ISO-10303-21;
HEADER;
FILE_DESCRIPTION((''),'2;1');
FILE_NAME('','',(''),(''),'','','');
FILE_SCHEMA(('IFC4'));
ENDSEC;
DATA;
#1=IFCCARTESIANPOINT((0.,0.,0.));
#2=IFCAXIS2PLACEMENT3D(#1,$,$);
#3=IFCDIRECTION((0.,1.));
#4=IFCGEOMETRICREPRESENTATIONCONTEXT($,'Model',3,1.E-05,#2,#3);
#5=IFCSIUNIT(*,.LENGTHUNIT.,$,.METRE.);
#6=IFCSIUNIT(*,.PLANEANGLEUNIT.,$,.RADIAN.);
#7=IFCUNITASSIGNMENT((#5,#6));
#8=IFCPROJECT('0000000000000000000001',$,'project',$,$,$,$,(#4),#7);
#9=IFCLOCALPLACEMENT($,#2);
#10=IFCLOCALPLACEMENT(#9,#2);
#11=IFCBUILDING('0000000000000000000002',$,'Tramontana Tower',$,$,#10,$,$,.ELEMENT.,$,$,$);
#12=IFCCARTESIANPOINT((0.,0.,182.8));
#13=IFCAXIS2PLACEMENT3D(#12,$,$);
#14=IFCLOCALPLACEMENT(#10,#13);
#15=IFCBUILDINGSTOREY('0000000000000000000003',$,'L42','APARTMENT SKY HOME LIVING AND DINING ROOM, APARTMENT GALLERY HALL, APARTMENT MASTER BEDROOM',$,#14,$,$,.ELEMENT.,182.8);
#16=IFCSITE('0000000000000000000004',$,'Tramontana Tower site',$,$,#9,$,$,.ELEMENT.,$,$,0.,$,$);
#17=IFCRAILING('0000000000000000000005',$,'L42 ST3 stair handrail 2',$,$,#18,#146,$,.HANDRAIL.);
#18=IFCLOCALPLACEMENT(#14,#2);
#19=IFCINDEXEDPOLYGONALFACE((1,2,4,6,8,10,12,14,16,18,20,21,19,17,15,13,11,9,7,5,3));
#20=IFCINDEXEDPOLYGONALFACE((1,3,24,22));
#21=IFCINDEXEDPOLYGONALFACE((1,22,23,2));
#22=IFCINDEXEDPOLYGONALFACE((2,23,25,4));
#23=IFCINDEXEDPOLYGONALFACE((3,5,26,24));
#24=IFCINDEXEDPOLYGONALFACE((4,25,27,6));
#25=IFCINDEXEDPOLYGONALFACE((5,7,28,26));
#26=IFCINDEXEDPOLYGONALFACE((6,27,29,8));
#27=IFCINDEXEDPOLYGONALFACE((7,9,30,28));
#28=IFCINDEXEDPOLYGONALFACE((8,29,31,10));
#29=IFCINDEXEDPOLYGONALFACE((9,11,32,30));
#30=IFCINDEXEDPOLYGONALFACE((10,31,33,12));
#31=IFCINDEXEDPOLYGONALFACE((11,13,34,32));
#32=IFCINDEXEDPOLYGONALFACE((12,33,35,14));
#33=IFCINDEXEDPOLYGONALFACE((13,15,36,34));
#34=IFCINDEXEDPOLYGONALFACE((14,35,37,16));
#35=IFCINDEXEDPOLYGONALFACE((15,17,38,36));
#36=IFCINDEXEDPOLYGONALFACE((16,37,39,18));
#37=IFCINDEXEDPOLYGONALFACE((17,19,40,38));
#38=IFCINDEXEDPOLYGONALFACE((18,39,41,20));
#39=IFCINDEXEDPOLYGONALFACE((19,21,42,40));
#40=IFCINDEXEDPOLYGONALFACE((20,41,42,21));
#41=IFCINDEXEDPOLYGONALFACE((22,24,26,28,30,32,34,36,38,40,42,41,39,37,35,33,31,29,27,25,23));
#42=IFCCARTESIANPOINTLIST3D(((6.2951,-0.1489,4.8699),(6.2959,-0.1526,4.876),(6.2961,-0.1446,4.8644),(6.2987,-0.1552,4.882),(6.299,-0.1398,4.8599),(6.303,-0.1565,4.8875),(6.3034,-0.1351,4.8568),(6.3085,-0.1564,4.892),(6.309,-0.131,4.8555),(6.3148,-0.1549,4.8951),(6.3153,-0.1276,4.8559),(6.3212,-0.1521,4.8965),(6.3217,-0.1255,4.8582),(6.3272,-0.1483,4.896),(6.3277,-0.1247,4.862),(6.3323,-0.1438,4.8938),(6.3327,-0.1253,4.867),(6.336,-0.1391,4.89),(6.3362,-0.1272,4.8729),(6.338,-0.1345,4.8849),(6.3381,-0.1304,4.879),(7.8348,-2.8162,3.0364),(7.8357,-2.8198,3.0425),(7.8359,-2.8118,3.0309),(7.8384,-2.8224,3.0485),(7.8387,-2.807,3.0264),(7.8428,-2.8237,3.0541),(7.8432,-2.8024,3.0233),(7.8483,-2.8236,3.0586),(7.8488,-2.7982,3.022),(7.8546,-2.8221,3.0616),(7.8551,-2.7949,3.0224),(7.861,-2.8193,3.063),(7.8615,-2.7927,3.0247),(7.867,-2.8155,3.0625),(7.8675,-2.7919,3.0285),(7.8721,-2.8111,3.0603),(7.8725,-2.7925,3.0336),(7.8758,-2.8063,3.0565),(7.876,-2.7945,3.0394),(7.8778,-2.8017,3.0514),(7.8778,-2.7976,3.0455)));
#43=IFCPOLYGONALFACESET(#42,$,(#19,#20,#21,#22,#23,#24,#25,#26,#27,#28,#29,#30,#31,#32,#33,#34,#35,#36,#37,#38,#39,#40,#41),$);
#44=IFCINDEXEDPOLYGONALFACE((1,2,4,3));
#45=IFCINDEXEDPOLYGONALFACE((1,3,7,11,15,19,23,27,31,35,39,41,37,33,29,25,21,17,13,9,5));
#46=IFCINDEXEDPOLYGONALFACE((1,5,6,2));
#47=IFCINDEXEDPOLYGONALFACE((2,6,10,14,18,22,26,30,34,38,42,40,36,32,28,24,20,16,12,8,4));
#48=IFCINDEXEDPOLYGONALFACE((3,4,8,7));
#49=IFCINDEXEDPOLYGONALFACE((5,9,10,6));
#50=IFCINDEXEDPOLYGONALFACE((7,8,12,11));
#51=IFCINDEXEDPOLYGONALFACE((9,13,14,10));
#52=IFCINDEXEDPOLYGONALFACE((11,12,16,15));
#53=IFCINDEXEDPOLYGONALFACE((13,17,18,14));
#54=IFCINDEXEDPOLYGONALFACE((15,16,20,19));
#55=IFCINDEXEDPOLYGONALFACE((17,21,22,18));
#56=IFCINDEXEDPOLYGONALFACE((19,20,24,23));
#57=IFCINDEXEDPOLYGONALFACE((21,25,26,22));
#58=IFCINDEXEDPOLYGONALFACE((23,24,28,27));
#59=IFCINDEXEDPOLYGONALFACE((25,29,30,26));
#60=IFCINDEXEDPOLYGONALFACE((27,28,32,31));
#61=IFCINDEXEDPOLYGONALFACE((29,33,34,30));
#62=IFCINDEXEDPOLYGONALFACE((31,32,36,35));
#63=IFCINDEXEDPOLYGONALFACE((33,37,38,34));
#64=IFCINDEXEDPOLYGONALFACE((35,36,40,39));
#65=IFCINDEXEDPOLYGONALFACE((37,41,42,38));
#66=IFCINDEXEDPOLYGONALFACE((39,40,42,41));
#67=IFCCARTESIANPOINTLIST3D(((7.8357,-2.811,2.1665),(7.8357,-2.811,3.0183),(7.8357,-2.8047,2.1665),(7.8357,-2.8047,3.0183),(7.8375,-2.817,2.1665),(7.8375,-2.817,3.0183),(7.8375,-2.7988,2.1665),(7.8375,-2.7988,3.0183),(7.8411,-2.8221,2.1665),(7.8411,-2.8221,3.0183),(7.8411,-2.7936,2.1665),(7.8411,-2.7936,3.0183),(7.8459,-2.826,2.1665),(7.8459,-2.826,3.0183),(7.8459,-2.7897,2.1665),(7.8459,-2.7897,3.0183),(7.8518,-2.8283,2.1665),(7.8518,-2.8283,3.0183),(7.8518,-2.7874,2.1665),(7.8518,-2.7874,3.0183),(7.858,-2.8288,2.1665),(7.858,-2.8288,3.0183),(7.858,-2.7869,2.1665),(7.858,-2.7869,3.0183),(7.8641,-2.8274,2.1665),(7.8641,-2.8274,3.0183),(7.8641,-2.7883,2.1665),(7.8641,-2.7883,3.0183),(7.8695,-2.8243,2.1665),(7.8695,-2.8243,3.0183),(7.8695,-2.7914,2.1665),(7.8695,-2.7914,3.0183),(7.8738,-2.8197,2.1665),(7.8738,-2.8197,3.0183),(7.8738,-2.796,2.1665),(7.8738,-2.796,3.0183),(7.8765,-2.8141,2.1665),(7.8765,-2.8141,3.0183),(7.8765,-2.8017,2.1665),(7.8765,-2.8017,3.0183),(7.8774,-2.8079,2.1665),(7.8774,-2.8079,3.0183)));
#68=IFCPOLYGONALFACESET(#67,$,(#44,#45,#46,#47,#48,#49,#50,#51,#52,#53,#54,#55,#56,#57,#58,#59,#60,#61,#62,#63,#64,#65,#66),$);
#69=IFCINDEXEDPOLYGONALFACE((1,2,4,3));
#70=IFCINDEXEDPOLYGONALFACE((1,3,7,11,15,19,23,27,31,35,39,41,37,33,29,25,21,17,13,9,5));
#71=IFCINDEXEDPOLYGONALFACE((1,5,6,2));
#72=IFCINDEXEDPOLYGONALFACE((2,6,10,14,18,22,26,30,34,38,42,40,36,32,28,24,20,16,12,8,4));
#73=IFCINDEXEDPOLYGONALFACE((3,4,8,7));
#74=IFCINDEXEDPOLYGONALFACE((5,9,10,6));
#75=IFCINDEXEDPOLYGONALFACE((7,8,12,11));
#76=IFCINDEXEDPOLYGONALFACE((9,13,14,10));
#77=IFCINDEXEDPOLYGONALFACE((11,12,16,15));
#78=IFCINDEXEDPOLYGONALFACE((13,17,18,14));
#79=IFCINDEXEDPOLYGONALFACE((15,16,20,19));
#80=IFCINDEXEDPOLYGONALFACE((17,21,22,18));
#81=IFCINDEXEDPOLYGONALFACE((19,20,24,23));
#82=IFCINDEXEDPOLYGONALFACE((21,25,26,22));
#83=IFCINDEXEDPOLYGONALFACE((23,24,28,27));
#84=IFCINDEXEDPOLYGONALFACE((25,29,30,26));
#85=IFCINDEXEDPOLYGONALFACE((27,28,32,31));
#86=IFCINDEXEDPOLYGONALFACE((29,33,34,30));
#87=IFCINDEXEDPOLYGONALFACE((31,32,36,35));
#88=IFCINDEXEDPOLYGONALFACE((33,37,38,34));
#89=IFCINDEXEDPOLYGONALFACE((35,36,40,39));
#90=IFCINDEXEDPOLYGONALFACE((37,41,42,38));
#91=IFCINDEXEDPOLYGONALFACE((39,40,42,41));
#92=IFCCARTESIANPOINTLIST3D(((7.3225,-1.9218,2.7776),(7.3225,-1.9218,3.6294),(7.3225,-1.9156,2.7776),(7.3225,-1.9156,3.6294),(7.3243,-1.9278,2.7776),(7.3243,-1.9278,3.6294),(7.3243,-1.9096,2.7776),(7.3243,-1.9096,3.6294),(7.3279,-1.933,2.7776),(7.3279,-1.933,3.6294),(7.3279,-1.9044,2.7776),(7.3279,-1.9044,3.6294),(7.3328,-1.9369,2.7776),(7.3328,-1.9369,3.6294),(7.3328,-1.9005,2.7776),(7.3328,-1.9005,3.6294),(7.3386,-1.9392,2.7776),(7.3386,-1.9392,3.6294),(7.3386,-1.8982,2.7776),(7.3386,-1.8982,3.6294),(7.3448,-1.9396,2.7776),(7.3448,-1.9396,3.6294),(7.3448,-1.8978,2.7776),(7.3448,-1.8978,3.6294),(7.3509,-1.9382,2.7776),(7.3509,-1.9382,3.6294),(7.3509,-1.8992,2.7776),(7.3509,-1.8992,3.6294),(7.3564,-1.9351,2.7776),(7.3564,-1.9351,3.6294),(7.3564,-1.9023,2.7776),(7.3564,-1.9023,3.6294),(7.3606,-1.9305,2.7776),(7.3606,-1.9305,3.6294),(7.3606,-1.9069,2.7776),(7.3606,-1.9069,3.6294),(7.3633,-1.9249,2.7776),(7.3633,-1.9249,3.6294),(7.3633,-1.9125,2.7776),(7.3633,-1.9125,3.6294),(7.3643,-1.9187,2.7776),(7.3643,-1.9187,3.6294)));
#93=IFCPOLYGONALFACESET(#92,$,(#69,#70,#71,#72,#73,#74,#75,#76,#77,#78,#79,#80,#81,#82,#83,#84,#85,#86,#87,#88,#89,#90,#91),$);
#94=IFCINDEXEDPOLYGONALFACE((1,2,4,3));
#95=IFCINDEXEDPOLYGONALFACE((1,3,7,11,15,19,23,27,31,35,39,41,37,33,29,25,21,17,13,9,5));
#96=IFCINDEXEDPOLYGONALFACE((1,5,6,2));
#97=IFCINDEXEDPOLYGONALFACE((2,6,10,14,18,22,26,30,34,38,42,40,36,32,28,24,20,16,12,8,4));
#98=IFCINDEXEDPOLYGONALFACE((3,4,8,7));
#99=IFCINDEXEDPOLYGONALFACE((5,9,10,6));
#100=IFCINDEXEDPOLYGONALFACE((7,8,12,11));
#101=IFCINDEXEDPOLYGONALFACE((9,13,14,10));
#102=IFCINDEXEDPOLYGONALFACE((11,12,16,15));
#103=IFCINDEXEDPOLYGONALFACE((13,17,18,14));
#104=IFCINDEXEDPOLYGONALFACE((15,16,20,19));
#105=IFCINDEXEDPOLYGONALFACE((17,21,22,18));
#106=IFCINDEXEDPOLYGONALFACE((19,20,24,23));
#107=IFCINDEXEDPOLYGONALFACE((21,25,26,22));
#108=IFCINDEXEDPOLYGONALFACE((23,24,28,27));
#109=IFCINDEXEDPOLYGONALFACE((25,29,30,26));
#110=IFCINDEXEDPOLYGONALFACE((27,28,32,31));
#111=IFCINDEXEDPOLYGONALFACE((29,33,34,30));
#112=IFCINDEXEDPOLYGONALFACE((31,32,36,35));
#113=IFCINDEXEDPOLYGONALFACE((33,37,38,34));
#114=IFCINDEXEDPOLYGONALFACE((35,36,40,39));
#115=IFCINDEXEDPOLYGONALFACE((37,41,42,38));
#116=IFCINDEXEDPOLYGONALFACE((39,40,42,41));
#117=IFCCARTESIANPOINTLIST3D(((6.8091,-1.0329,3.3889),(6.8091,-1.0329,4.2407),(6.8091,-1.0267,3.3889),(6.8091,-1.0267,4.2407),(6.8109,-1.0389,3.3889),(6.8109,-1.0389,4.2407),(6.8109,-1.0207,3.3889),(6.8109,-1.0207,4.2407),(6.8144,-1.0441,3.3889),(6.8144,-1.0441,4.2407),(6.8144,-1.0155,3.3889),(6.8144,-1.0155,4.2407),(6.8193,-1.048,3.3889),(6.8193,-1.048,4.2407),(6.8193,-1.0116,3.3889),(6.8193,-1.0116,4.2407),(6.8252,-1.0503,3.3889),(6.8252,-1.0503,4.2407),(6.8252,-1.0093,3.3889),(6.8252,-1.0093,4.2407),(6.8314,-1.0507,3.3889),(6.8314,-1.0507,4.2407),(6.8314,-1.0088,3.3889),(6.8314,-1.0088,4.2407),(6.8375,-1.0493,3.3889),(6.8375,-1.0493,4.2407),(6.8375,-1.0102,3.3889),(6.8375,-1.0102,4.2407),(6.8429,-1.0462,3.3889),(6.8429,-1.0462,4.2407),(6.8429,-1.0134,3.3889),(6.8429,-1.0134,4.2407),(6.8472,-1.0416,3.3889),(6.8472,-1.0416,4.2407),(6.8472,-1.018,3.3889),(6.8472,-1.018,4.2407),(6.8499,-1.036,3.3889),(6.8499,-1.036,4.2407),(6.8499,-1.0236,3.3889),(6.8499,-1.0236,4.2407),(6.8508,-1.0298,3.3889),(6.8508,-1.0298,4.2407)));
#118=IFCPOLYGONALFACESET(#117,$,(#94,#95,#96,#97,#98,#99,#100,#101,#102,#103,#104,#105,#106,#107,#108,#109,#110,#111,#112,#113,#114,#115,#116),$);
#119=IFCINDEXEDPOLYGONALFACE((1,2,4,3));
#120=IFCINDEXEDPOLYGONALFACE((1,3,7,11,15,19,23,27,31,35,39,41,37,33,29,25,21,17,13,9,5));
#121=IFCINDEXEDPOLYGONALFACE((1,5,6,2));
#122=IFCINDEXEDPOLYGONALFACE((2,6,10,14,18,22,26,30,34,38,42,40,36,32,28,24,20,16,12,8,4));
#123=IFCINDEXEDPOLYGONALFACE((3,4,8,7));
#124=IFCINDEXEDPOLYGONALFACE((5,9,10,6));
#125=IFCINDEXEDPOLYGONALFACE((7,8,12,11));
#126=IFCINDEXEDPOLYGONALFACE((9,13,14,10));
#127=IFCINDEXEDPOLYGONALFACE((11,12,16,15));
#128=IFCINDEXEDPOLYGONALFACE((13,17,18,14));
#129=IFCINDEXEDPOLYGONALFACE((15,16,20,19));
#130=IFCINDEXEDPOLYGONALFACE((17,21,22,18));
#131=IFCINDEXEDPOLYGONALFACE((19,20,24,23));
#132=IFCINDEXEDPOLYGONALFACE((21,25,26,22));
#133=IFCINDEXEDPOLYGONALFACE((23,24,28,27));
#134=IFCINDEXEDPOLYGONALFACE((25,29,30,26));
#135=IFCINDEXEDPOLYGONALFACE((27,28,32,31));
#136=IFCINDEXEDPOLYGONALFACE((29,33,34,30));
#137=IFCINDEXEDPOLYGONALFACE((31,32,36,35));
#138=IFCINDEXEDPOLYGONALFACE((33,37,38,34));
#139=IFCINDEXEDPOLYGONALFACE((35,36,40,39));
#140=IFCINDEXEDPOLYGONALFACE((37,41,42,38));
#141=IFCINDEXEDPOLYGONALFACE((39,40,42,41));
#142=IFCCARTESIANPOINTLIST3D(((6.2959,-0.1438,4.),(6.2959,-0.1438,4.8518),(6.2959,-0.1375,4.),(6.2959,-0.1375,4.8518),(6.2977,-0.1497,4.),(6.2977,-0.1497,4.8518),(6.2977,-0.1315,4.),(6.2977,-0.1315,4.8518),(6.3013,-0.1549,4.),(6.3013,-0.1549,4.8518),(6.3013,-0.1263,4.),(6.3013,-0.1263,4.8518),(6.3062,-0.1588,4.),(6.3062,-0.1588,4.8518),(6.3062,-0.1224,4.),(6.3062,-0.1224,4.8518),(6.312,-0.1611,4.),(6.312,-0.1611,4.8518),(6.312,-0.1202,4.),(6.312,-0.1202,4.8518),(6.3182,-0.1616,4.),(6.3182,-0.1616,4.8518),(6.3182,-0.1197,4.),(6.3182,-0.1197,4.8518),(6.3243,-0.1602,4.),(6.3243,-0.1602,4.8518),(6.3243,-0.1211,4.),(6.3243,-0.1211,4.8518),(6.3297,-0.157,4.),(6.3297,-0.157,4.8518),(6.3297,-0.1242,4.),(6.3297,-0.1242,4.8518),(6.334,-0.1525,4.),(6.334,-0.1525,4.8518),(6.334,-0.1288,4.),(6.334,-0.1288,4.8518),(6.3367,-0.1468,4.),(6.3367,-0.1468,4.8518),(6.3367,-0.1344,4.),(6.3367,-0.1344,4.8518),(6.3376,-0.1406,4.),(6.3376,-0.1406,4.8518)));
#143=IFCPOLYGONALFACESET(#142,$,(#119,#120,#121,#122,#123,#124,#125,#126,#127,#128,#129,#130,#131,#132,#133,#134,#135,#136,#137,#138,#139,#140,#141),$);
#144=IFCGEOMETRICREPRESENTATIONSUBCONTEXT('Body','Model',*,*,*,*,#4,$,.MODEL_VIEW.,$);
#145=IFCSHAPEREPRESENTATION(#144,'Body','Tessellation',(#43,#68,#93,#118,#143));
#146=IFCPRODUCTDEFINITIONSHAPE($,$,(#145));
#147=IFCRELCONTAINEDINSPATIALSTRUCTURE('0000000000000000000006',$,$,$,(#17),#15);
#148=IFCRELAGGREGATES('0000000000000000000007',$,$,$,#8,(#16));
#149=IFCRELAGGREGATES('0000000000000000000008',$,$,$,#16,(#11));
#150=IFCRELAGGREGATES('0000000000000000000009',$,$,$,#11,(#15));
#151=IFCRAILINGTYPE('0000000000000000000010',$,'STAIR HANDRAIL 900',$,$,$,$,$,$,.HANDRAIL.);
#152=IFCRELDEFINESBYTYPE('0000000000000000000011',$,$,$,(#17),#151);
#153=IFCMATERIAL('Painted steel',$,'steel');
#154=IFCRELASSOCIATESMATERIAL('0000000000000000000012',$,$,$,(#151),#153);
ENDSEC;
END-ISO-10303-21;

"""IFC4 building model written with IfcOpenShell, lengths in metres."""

from ifc_helpers import new_model, si_unit, direction, frame, origin, origin_2d, place, context, subcontext, project, spatial, circle, extrude, material, type_object, element, save


model = new_model("IFC4")

# Units and contexts
model_context = context("Model", 3, precision=1e-05, world=origin(), true_north=direction((0.0, 1.0)))
body_context = subcontext(model_context, "Body", "Model", "MODEL_VIEW")
ifc_project = project(units=[si_unit("LENGTHUNIT", "METRE"), si_unit("PLANEANGLEUNIT", "RADIAN")], contexts=[model_context])

# Site, building, storey
site_placement = place(None, origin())
site = spatial("IfcSite", under=ifc_project, at=site_placement, Name="Tramontana Tower site", CompositionType="ELEMENT", RefElevation=0.0)
building_placement = place(site_placement, origin())
building = spatial("IfcBuilding", under=site, at=building_placement, Name="Tramontana Tower", CompositionType="ELEMENT")
storey_placement = place(building_placement, frame((0.0, 0.0, 182.8)))
storey = spatial("IfcBuildingStorey", under=building, at=storey_placement, Name="L42", Description="APARTMENT SKY HOME LIVING AND DINING ROOM, APARTMENT GALLERY HALL, APARTMENT MASTER BEDROOM", CompositionType="ELEMENT", Elevation=182.8)

# Railing
ifc_material_1 = material(Name="Painted steel", Category="steel")
railing_type_1 = type_object("IfcRailingType", Name="STAIR HANDRAIL 900", PredefinedType="HANDRAIL", material=ifc_material_1)
railing_1_placement = place(storey_placement, frame((7.8564, -2.8079, 2.1665)))
element("IfcRailing", 1, at=railing_1_placement, inside=storey, type_object=railing_type_1, Name="L42 ST3 stair handrail 2", PredefinedType="HANDRAIL", context=body_context, shape_type="SweptSolid", body=[
    extrude(circle(Radius=0.0239, at=origin_2d()), frame((0.0, 0.0, 0.876), z_axis=(-0.429601, 0.744155, 0.511543), x_axis=(-0.866044, -0.499967, 0.0)), (0.0, 0.0, 1.0), 3.5842),
    extrude(circle(Radius=0.021, at=origin_2d()), origin(), (0.0, 0.0, 1.0), 0.8518),
    extrude(circle(Radius=0.021, at=origin_2d()), frame((-0.5132, 0.8892, 0.6111)), (0.0, 0.0, 1.0), 0.8518),
    extrude(circle(Radius=0.021, at=origin_2d()), frame((-1.0266, 1.7781, 1.2224)), (0.0, 0.0, 1.0), 0.8518),
    extrude(circle(Radius=0.021, at=origin_2d()), frame((-1.5398, 2.6672, 1.8335)), (0.0, 0.0, 1.0), 0.8518),
])

save(model, "model.ifc")
